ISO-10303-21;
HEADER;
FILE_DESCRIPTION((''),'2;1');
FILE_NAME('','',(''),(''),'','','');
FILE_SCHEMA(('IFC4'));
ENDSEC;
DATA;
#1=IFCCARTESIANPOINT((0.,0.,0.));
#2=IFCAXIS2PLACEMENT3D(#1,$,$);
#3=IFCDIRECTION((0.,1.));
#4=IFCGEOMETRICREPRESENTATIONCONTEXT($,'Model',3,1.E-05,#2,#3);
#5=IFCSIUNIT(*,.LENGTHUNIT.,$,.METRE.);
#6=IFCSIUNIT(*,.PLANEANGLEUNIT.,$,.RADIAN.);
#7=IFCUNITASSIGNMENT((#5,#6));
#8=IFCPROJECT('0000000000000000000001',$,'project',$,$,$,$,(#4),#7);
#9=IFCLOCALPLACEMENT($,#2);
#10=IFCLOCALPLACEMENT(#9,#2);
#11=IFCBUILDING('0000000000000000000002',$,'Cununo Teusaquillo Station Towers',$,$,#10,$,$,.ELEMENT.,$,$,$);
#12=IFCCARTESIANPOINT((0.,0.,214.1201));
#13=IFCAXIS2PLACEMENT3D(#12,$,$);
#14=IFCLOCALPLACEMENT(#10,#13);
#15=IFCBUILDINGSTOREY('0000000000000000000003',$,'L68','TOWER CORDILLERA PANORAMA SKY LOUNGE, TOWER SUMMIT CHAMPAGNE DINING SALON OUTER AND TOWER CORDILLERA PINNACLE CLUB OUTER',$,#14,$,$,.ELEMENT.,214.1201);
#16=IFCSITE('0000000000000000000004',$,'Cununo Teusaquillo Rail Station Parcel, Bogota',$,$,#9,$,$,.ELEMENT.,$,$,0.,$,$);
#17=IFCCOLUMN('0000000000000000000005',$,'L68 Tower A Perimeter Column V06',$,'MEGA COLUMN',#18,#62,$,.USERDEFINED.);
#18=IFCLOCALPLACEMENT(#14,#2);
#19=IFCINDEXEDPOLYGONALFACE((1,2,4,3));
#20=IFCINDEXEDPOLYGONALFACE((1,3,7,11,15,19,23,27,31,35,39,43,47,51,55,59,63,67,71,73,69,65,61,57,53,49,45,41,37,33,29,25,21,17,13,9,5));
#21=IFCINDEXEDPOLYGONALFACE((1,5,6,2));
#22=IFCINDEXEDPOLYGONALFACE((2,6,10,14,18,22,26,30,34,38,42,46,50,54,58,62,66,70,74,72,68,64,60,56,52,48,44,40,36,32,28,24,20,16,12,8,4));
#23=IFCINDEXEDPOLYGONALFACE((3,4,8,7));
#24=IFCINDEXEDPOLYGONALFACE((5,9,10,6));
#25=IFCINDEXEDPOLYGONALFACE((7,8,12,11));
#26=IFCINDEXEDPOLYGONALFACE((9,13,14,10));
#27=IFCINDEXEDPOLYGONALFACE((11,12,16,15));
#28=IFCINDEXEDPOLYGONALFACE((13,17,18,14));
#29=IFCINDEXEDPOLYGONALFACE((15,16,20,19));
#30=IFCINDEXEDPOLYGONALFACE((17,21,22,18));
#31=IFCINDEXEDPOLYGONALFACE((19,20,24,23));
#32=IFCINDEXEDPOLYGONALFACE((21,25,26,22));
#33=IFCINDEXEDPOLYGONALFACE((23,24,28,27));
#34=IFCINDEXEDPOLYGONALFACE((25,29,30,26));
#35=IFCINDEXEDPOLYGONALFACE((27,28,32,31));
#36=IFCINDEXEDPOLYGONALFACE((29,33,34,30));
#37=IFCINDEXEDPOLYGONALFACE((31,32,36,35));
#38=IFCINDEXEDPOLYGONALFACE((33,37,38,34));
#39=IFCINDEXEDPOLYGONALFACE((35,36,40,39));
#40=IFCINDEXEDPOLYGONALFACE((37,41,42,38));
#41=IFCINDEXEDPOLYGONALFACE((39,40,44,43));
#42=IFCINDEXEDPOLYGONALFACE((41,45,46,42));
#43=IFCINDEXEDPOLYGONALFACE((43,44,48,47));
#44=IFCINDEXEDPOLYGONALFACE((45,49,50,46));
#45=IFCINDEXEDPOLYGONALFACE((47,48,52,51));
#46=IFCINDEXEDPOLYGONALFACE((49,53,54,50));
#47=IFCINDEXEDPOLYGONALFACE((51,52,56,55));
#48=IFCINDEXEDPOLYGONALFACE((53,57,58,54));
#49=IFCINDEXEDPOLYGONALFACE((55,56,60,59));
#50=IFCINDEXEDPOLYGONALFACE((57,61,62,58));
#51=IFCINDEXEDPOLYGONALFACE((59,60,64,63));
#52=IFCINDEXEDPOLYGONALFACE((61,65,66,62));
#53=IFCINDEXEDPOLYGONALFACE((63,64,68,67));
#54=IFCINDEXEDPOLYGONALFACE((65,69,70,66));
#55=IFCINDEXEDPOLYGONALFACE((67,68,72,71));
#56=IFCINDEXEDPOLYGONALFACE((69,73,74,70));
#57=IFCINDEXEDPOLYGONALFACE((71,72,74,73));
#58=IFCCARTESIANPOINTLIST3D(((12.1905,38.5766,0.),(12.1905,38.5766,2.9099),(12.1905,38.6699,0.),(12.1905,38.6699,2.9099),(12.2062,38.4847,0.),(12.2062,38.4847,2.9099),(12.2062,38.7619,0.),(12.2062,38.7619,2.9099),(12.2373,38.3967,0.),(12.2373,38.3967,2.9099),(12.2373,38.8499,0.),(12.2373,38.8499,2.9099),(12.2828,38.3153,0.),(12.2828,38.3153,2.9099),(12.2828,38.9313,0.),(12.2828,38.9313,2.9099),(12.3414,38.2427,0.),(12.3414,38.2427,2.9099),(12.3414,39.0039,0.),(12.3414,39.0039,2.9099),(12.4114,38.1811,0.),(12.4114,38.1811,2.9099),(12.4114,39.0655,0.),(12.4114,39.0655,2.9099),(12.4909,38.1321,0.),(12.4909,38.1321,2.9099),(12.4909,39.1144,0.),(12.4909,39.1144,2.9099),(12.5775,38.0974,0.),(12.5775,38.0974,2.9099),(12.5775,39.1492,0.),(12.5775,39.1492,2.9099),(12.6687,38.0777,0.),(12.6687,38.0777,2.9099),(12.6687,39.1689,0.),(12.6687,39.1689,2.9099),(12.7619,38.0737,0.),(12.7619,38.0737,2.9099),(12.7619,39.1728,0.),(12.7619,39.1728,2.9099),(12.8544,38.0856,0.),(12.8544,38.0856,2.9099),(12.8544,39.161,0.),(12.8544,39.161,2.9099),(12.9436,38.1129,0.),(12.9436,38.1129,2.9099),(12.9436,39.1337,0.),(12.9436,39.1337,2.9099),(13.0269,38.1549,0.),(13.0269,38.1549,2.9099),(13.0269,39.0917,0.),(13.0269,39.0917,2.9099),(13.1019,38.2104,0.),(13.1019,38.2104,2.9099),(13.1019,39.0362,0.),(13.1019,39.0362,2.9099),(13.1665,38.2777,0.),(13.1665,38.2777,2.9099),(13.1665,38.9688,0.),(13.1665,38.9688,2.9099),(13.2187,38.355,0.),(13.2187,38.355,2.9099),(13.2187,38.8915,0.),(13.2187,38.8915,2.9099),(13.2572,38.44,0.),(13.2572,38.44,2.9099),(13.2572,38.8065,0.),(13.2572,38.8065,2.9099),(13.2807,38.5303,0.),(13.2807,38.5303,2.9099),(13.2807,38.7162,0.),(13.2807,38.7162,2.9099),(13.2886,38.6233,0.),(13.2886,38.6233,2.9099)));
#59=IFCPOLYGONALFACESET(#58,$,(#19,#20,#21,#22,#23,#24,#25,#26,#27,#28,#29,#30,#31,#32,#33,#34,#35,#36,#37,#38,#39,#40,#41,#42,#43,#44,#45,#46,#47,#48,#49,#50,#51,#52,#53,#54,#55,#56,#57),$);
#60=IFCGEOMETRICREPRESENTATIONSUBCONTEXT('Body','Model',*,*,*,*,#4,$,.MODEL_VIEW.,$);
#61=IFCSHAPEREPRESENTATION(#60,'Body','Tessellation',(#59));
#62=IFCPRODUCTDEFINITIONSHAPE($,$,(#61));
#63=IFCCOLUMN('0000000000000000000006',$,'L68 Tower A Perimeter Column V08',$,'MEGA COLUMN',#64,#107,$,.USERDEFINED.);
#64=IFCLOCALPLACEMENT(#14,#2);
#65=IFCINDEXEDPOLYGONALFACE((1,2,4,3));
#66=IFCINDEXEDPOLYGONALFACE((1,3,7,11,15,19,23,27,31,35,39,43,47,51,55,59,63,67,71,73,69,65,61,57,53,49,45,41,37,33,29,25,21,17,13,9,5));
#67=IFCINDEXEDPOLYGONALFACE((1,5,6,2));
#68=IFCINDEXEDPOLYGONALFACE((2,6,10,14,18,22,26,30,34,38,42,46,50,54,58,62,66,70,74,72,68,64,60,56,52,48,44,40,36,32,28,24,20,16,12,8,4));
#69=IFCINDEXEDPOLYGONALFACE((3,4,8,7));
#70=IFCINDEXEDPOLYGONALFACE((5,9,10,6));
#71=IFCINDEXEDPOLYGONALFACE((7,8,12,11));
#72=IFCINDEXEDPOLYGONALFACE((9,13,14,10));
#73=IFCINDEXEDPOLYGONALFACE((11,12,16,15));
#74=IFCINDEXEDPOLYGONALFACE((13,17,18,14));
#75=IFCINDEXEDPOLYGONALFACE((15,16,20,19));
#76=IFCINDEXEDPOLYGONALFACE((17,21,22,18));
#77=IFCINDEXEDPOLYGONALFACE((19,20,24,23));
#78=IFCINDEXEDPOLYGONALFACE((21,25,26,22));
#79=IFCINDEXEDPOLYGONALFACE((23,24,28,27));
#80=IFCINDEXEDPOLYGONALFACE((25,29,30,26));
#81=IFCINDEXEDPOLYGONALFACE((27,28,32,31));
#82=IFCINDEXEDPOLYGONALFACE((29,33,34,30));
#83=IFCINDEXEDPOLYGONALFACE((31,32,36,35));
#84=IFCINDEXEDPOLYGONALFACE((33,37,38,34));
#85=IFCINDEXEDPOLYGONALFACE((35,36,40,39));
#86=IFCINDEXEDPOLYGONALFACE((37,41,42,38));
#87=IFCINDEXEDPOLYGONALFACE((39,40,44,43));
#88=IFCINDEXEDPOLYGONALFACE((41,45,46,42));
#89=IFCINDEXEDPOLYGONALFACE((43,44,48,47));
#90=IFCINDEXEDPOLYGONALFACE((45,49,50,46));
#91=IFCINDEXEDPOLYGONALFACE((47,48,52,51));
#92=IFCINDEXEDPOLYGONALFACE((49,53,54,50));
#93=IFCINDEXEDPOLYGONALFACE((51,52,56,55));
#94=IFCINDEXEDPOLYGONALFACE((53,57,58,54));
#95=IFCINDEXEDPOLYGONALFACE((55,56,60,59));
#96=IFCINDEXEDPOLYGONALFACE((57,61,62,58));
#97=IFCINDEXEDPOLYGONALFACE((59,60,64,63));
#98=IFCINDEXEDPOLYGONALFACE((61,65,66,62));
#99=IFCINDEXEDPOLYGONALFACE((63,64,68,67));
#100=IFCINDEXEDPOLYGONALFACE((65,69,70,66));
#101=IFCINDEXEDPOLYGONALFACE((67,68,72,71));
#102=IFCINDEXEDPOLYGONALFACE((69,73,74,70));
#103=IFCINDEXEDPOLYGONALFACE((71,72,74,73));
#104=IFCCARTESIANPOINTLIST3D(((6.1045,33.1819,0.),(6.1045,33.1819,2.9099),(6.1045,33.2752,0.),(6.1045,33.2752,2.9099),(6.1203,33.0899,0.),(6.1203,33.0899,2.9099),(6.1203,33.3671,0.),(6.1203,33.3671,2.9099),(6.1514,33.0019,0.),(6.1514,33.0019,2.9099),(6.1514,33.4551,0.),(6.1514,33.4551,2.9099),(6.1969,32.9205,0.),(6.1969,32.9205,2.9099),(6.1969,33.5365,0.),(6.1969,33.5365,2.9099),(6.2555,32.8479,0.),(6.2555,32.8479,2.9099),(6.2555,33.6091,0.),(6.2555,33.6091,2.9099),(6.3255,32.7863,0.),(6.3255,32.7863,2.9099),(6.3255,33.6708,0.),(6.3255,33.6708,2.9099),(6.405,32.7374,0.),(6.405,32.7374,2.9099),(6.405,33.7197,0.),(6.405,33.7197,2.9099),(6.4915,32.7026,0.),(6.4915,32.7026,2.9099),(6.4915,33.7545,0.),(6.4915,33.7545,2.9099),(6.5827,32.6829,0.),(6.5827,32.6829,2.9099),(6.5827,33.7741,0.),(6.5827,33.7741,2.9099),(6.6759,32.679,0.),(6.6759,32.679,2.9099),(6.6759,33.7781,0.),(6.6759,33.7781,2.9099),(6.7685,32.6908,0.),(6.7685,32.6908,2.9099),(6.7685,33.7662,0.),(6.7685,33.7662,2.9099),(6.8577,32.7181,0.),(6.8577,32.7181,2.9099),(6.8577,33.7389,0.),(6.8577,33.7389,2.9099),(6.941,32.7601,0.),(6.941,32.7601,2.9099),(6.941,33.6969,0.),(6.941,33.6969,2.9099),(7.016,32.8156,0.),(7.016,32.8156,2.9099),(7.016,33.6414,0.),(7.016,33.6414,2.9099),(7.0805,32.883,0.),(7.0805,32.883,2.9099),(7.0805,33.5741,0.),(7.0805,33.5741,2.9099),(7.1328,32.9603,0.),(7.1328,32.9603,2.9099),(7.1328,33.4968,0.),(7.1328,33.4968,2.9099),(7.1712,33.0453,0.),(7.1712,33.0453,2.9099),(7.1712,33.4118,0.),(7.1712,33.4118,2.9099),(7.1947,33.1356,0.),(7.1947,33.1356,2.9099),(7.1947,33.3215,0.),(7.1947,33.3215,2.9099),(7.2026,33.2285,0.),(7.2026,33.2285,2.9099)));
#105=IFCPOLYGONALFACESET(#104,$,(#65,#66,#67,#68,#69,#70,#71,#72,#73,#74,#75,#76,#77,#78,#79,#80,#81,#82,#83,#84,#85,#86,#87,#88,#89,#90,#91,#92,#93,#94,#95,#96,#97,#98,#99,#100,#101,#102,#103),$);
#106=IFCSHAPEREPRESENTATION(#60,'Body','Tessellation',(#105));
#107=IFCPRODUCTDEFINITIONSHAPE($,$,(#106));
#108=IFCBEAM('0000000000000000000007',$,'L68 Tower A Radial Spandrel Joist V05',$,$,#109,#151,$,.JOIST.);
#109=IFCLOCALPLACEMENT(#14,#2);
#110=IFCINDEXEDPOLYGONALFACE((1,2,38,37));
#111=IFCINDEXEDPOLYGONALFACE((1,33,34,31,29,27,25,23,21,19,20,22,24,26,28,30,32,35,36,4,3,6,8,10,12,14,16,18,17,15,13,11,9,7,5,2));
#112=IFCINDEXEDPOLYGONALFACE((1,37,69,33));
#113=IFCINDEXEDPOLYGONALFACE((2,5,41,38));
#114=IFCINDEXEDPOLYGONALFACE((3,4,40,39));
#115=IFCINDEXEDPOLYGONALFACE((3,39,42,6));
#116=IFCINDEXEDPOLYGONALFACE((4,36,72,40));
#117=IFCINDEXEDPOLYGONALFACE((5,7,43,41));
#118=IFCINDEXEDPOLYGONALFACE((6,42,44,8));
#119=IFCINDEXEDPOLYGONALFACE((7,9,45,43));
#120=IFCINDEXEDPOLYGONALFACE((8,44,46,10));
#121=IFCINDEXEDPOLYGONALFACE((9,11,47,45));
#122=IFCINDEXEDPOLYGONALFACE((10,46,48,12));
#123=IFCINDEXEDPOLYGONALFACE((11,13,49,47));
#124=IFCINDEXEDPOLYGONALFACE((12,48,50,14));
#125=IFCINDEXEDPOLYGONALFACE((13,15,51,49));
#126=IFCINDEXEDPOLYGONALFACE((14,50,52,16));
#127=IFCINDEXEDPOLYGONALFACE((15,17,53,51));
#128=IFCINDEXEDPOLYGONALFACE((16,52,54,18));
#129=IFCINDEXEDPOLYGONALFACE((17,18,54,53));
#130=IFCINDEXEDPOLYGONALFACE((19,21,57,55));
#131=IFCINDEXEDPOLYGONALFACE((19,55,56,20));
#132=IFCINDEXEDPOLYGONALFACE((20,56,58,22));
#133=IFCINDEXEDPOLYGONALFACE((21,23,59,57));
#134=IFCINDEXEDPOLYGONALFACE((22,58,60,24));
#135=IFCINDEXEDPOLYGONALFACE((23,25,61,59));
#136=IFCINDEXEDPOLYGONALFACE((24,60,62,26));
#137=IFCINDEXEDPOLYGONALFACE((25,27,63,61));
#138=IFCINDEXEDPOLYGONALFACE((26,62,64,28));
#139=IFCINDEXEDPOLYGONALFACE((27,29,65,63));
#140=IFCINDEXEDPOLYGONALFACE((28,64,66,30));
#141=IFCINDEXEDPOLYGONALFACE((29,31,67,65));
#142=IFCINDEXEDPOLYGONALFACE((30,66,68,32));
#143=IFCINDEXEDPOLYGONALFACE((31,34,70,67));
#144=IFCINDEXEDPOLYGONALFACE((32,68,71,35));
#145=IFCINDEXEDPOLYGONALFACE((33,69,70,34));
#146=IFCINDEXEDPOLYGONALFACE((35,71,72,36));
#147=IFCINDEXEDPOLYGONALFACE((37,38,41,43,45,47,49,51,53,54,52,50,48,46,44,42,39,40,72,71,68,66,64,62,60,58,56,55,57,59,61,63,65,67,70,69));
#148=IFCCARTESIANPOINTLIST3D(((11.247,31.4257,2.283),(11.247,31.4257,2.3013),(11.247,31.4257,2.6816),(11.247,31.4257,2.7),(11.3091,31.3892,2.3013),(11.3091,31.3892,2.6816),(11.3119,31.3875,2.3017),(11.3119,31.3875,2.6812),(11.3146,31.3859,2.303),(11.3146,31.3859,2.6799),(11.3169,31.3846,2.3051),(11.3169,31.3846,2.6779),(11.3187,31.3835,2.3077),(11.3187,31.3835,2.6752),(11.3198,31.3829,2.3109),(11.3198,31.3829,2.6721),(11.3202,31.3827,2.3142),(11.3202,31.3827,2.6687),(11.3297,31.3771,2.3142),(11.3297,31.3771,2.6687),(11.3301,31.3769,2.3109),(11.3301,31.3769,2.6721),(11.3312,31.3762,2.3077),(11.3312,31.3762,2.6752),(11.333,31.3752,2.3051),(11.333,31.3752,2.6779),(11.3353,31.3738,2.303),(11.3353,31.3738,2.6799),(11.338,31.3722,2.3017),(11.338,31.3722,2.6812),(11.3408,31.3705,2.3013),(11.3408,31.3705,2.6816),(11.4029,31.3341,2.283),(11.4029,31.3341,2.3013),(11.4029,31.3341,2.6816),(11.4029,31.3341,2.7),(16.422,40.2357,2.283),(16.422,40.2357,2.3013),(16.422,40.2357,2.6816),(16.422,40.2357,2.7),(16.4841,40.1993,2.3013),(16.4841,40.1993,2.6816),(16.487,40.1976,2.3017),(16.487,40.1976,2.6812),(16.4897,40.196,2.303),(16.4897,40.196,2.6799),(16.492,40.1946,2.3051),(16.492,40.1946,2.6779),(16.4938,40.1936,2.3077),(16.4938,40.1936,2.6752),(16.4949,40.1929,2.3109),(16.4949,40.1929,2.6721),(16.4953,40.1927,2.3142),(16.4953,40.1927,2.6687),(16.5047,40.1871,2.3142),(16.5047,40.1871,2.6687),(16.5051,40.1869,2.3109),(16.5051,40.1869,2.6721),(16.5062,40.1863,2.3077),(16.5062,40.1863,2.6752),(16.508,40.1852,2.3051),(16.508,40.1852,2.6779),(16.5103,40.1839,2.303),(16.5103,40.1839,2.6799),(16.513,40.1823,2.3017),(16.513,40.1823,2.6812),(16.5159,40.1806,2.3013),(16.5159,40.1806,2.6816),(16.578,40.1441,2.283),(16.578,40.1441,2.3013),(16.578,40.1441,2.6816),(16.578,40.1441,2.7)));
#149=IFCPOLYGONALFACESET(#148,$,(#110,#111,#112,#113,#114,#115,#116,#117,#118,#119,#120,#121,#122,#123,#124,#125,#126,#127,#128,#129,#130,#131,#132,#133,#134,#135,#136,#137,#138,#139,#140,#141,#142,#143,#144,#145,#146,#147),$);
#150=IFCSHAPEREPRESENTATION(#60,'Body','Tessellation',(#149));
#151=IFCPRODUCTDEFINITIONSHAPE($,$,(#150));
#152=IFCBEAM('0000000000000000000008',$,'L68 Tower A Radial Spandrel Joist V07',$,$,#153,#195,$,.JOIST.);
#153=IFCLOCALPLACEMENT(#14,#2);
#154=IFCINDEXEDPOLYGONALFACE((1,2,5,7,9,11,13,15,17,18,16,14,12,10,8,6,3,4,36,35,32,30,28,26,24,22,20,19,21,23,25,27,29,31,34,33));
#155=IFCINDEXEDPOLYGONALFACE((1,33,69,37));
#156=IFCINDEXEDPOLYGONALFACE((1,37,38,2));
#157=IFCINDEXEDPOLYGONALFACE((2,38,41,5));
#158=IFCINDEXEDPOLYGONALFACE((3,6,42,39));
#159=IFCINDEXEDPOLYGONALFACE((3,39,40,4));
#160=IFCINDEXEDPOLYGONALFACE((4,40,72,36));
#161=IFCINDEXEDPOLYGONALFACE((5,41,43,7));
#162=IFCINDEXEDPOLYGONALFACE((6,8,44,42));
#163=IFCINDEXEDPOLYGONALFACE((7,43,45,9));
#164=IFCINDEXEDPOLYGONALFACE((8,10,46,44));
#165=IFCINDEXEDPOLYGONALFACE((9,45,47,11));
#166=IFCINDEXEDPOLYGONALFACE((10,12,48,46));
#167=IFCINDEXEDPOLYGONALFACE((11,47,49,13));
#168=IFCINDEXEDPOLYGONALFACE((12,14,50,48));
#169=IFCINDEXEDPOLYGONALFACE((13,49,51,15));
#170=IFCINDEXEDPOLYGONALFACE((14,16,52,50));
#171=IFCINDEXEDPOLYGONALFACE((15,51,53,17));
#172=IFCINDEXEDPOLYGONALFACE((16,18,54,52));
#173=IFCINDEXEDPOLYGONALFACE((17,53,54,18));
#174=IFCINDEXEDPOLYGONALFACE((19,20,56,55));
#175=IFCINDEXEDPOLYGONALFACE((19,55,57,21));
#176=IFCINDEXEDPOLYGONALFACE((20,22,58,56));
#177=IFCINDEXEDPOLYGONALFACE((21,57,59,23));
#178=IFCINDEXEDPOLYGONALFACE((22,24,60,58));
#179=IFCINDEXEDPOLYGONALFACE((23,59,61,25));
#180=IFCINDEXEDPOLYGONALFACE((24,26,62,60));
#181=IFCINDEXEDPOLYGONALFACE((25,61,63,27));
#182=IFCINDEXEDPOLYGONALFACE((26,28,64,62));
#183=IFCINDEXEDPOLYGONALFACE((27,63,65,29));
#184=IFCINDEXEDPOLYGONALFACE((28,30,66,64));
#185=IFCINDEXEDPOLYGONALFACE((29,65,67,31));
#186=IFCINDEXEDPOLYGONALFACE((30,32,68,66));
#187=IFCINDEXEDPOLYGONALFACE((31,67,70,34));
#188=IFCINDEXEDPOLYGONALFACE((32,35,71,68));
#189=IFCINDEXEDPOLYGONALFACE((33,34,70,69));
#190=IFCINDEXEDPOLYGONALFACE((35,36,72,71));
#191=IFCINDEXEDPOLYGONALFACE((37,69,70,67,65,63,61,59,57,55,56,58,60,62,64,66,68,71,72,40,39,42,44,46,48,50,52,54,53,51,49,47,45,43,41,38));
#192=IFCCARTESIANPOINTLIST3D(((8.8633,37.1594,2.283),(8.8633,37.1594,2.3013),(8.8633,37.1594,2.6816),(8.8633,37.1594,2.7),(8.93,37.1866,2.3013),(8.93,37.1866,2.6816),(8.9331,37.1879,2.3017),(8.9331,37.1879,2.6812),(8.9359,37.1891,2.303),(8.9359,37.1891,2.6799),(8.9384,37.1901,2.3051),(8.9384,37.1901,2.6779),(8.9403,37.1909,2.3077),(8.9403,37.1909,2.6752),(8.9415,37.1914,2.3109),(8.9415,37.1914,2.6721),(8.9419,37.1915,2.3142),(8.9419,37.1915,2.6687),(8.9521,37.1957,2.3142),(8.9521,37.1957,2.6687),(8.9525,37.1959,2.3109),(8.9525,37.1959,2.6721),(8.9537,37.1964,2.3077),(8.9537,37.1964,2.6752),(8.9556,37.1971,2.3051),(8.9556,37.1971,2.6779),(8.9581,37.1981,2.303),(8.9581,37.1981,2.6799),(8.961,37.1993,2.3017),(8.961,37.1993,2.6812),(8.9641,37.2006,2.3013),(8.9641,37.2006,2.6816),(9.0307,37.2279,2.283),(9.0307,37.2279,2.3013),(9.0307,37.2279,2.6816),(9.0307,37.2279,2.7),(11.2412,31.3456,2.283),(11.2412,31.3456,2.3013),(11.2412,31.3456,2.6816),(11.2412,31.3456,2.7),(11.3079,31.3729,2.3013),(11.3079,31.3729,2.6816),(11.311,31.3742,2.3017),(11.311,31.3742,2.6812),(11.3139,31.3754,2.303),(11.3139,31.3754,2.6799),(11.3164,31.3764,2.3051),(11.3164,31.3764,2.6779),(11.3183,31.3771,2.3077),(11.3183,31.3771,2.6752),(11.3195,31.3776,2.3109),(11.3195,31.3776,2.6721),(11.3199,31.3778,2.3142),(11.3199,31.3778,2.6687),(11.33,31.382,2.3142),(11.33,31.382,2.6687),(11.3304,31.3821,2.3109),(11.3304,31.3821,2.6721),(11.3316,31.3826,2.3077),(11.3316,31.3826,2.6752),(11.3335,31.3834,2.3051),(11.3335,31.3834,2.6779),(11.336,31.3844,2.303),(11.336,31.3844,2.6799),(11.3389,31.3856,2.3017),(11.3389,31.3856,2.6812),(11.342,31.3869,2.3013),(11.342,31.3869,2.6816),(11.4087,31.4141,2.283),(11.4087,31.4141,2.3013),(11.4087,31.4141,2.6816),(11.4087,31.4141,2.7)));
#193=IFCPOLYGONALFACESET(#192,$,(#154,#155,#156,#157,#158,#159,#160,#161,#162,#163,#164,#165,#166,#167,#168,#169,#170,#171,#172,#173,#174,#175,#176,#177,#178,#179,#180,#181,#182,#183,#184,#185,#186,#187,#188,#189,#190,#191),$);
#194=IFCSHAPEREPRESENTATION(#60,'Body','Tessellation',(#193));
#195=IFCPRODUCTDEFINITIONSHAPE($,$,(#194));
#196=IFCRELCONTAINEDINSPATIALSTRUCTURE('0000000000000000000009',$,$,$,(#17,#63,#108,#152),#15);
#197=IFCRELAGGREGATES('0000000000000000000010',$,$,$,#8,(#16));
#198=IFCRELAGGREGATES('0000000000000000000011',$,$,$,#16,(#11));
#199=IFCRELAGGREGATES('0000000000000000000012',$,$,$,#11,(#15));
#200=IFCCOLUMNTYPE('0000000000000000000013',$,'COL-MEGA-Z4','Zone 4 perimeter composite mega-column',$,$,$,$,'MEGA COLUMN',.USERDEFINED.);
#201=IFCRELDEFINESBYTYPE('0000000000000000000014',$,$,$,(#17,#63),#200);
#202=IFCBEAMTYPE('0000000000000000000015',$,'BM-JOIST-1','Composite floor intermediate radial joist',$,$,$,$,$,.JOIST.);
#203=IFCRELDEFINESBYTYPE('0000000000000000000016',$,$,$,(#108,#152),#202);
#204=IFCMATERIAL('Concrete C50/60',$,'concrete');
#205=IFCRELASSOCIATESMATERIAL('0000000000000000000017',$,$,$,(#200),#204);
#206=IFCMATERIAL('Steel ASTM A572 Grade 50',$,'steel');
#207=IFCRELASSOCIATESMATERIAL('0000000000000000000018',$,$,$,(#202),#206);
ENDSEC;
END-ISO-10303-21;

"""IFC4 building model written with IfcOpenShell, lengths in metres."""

from ifc_helpers import new_model, si_unit, direction, frame, origin, origin_2d, place, context, subcontext, project, spatial, circle, i_section, extrude, material, material_profile, profile_set, type_object, element, save


model = new_model("IFC4")

# Units and contexts
model_context = context("Model", 3, precision=1e-05, world=origin(), true_north=direction((0.0, 1.0)))
body_context = subcontext(model_context, "Body", "Model", "MODEL_VIEW")
ifc_project = project(units=[si_unit("LENGTHUNIT", "METRE"), si_unit("PLANEANGLEUNIT", "RADIAN")], contexts=[model_context])

# Site, building, storey
site_placement = place(None, origin())
site = spatial("IfcSite", under=ifc_project, at=site_placement, Name="Cununo Teusaquillo Rail Station Parcel, Bogota", CompositionType="ELEMENT", RefElevation=0.0)
building_placement = place(site_placement, origin())
building = spatial("IfcBuilding", under=site, at=building_placement, Name="Cununo Teusaquillo Station Towers", CompositionType="ELEMENT")
storey_placement = place(building_placement, frame((0.0, 0.0, 214.1201)))
storey = spatial("IfcBuildingStorey", under=building, at=storey_placement, Name="L68", Description="TOWER CORDILLERA PANORAMA SKY LOUNGE, TOWER SUMMIT CHAMPAGNE DINING SALON OUTER AND TOWER CORDILLERA PINNACLE CLUB OUTER", CompositionType="ELEMENT", Elevation=214.1201)

# Columns
ifc_material_1 = material(Name="Concrete C50/60", Category="concrete")
ifc_material_profile_1 = material_profile(ifc_material_1, circle(Radius=0.55, at=origin_2d()), Name="RC-CIRC-1100")
ifc_profile_set_1 = profile_set([ifc_material_profile_1], Name="Concrete C50/60")
column_type = type_object("IfcColumnType", Name="COL-MEGA-Z4", Description="Zone 4 perimeter composite mega-column", ElementType="MEGA COLUMN", PredefinedType="USERDEFINED", material=ifc_profile_set_1)
for number, where, z_axis, x_axis, name in (
    (1, (12.7385, 38.6233, 0.0), (0.0, 0.0, 1.0), (1.0, 0.0, 0.0), "L68 Tower A Perimeter Column V06"),
    (2, (6.6526, 33.2285, 0.0), (0.0, 0.0, 1.0), (1.0, 0.0, 0.0), "L68 Tower A Perimeter Column V08"),
):
    element("IfcColumn", number, at=place(storey_placement, frame(where, z_axis=z_axis, x_axis=x_axis)), inside=storey, type_object=column_type, Name=name, ObjectType="MEGA COLUMN", PredefinedType="USERDEFINED", context=body_context, shape_type="SweptSolid", body=[
        extrude(circle(Radius=0.55, at=origin_2d()), origin(), (0.0, 0.0, 1.0), 2.9099),
    ])

# Beams
ifc_material_2 = material(Name="Steel ASTM A572 Grade 50", Category="steel")
ifc_material_profile_2 = material_profile(ifc_material_2, i_section(OverallWidth=0.1809, OverallDepth=0.417, WebThickness=0.011, FlangeThickness=0.0183, FilletRadius=0.0129, at=origin_2d()), Name="W16X57")
ifc_profile_set_2 = profile_set([ifc_material_profile_2], Name="Steel ASTM A572 Grade 50")
beam_type_1 = type_object("IfcBeamType", Name="BM-JOIST-1", Description="Composite floor intermediate radial joist", PredefinedType="JOIST", material=ifc_profile_set_2)
beam_1_placement = place(storey_placement, frame((11.325, 31.3799, 2.4915), z_axis=(0.506486, 0.862248, 0.0), x_axis=(-0.862248, 0.506486, 0.0)))
element("IfcBeam", 3, at=beam_1_placement, inside=storey, type_object=beam_type_1, Name="L68 Tower A Radial Spandrel Joist V05", PredefinedType="JOIST", context=body_context, shape_type="SweptSolid", body=[
    extrude(i_section(OverallWidth=0.1809, OverallDepth=0.417, WebThickness=0.011, FlangeThickness=0.0183, FilletRadius=0.0129, at=origin_2d()), origin(), (0.0, 0.0, 1.0), 10.2175),
])
beam_2_placement = place(storey_placement, frame((11.325, 31.3799, 2.4915), z_axis=(-0.378577, 0.92557, 0.0), x_axis=(-0.92557, -0.378577, 0.0)))
element("IfcBeam", 4, at=beam_2_placement, inside=storey, type_object=beam_type_1, Name="L68 Tower A Radial Spandrel Joist V07", PredefinedType="JOIST", context=body_context, shape_type="SweptSolid", body=[
    extrude(i_section(OverallWidth=0.1809, OverallDepth=0.417, WebThickness=0.011, FlangeThickness=0.0183, FilletRadius=0.0129, at=origin_2d()), origin(), (0.0, 0.0, 1.0), 6.2812),
])

save(model, "model.ifc")
